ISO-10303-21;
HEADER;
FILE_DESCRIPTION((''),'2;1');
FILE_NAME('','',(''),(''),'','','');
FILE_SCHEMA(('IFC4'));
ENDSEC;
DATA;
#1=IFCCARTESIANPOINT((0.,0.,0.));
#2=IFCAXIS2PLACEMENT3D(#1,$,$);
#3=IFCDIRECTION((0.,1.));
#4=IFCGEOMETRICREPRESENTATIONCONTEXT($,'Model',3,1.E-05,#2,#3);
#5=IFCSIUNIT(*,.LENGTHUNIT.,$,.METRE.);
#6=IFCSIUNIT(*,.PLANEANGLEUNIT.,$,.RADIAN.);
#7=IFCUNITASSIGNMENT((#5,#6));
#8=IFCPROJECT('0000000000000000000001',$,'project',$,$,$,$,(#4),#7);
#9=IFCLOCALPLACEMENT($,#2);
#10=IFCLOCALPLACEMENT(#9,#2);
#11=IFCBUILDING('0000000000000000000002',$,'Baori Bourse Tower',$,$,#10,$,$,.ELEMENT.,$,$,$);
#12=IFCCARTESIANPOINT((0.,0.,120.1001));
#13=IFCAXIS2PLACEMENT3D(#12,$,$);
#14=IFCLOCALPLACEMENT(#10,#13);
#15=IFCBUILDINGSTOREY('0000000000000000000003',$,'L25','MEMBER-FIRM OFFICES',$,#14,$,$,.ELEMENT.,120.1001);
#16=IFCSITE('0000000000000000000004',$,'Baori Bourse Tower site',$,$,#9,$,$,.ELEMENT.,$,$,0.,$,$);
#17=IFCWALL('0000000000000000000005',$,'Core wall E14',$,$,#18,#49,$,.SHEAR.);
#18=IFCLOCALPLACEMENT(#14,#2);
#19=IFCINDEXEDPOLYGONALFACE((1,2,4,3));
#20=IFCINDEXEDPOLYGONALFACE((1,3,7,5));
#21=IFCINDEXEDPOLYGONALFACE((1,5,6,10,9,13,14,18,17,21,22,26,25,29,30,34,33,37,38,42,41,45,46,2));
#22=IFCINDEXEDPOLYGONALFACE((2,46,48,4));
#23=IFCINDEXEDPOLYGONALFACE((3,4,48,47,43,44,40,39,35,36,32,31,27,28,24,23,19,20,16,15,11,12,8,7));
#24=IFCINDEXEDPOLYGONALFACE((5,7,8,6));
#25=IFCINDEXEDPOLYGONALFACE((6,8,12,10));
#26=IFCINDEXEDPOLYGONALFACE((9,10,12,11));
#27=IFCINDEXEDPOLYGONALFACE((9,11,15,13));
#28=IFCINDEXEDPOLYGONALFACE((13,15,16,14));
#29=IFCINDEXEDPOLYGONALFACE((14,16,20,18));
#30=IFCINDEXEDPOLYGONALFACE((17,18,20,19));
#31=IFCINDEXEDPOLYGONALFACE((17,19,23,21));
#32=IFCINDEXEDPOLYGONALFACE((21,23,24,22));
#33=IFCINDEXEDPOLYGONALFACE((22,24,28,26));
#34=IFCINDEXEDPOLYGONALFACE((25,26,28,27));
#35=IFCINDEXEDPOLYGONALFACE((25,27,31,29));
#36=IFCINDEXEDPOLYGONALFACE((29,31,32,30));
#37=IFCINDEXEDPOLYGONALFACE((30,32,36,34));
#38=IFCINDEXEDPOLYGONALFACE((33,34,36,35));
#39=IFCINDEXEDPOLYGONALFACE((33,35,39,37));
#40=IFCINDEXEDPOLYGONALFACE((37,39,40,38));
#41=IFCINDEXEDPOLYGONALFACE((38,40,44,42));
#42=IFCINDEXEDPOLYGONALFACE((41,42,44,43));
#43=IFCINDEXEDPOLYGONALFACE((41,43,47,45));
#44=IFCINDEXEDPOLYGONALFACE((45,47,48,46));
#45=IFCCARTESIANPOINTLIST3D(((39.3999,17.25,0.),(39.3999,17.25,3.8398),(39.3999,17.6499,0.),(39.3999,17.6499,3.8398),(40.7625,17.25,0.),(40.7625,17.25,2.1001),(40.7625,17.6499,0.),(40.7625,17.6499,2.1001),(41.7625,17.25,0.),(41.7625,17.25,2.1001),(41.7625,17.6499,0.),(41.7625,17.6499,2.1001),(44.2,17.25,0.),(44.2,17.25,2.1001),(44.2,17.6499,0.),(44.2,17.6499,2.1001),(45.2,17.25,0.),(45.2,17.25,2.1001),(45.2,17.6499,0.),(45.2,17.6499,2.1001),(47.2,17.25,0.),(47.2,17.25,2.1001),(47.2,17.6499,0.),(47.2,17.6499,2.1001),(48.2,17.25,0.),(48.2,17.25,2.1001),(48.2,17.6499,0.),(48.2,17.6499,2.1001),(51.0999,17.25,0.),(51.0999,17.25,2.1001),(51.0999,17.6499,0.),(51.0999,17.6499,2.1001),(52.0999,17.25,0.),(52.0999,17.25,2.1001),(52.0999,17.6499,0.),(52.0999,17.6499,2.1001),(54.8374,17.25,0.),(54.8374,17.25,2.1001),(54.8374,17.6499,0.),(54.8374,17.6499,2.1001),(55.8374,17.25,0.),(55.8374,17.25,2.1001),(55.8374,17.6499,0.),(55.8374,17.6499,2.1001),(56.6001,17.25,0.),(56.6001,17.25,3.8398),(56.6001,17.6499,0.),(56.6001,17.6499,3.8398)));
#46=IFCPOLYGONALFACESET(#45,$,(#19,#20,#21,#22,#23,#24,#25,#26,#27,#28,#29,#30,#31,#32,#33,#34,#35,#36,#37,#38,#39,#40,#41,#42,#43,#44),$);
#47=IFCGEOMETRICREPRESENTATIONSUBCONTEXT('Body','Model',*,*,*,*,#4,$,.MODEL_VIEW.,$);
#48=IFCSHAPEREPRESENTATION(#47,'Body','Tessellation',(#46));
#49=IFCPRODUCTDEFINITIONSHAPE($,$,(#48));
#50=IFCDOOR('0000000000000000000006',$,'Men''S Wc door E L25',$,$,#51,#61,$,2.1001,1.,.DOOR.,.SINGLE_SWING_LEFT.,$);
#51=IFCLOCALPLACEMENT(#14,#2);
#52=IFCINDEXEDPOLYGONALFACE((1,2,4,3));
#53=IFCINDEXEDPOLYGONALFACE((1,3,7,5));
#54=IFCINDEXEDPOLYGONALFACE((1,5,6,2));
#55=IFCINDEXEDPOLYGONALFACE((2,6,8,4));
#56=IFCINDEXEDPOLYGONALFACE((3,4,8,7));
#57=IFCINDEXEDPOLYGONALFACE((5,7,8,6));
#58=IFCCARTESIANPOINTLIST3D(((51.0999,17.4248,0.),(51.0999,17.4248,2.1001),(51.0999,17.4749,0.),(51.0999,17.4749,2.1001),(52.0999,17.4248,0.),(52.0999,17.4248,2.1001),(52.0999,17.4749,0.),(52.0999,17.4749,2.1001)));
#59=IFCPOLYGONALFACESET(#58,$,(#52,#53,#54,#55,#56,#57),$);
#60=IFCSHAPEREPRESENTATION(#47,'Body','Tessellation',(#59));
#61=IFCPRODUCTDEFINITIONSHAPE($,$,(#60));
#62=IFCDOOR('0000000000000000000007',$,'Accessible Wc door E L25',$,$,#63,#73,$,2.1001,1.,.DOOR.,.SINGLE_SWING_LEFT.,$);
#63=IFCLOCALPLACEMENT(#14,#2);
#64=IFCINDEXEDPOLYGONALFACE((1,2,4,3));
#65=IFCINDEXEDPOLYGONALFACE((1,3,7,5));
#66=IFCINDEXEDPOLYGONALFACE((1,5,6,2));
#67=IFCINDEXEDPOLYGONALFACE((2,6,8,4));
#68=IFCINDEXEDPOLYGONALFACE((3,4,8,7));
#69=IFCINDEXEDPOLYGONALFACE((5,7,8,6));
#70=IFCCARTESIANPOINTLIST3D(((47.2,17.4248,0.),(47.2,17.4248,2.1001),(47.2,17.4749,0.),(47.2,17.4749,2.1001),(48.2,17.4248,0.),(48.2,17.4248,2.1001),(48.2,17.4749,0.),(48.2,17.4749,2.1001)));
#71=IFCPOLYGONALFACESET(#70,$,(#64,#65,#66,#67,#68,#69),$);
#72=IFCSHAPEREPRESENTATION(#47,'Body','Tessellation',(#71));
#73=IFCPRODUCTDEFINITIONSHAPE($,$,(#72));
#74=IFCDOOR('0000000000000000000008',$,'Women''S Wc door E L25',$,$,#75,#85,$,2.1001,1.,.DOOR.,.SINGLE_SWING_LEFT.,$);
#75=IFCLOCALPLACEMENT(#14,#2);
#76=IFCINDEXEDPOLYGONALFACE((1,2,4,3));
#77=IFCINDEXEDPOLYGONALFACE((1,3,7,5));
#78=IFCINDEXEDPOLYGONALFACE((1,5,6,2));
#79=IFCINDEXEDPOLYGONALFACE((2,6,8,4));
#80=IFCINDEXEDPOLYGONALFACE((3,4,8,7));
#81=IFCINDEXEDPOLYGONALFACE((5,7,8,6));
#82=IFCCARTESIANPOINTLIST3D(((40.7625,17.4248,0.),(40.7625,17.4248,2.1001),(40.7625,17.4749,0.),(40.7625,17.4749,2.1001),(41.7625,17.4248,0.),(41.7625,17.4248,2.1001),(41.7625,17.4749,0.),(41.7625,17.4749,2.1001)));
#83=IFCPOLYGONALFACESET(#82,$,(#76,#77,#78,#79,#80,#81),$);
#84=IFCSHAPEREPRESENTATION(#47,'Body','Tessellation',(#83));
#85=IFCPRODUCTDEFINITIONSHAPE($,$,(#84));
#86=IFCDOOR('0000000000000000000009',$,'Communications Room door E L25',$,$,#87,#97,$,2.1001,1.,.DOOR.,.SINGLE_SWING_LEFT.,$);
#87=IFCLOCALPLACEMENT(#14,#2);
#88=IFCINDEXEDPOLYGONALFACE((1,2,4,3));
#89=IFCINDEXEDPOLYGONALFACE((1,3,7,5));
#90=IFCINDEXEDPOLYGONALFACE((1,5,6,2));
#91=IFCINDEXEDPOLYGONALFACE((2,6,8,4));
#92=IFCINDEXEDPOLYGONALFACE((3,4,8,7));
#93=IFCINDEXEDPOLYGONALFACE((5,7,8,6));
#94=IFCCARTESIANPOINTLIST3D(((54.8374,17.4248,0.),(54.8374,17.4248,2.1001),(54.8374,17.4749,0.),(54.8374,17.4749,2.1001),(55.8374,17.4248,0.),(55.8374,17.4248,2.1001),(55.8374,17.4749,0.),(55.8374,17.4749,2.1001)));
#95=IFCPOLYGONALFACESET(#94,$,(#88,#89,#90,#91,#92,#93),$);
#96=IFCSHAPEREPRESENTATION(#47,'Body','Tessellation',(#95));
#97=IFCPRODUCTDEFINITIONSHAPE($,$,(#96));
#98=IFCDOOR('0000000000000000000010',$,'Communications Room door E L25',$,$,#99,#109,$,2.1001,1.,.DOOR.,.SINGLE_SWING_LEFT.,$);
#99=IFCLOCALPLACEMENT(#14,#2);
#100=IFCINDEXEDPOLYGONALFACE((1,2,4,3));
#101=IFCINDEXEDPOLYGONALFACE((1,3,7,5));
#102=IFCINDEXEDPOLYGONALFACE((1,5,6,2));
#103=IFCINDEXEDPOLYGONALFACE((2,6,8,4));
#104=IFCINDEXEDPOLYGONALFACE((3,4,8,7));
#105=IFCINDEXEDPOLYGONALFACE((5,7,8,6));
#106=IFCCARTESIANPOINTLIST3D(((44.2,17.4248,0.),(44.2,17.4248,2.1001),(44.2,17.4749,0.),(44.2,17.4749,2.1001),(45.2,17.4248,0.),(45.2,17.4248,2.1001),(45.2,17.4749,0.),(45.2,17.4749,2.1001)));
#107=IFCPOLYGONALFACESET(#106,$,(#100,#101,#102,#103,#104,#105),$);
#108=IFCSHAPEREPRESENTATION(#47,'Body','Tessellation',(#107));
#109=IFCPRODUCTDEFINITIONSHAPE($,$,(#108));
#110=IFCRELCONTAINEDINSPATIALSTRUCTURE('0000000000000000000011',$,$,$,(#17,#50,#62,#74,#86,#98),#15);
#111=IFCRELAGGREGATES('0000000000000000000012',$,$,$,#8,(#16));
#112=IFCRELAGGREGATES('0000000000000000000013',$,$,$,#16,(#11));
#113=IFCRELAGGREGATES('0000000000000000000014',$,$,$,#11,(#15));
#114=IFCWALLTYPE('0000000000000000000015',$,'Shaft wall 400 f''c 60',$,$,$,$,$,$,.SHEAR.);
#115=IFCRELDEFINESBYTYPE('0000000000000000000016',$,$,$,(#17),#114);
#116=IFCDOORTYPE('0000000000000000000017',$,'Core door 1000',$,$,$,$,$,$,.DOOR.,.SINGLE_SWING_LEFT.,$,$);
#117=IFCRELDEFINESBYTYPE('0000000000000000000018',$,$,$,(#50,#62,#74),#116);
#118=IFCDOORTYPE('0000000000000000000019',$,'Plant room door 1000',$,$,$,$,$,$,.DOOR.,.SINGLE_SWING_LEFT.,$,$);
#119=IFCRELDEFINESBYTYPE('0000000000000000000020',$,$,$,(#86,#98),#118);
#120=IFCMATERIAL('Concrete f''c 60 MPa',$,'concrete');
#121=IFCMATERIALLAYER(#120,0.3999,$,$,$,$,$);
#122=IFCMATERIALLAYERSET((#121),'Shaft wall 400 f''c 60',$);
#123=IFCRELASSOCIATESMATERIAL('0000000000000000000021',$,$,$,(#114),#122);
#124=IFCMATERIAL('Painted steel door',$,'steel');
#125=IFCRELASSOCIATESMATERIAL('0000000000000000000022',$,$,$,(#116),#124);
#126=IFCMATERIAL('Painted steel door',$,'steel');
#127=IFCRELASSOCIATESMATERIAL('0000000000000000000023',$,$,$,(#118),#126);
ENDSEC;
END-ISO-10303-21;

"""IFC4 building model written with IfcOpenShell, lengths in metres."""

from ifc_helpers import new_model, si_unit, direction, frame, frame_2d, origin, place, context, subcontext, project, spatial, rectangle, extrude, material, layer, layer_set, type_object, element, fill, save


model = new_model("IFC4")

# Units and contexts
model_context = context("Model", 3, precision=1e-05, world=origin(), true_north=direction((0.0, 1.0)))
body_context = subcontext(model_context, "Body", "Model", "MODEL_VIEW")
ifc_project = project(units=[si_unit("LENGTHUNIT", "METRE"), si_unit("PLANEANGLEUNIT", "RADIAN")], contexts=[model_context])

# Site, building, storey
site_placement = place(None, origin())
site = spatial("IfcSite", under=ifc_project, at=site_placement, Name="Baori Bourse Tower site", CompositionType="ELEMENT", RefElevation=0.0)
building_placement = place(site_placement, origin())
building = spatial("IfcBuilding", under=site, at=building_placement, Name="Baori Bourse Tower", CompositionType="ELEMENT")
storey_placement = place(building_placement, frame((0.0, 0.0, 120.1001)))
storey = spatial("IfcBuildingStorey", under=building, at=storey_placement, Name="L25", Description="MEMBER-FIRM OFFICES", CompositionType="ELEMENT", Elevation=120.1001)

# Shared definitions
ifc_material_1 = material(Name="Concrete f'c 60 MPa", Category="concrete")
ifc_layer_1 = layer(ifc_material_1, 0.3999)
ifc_layer_set_1 = layer_set([ifc_layer_1], Name="Shaft wall 400 f'c 60")
wall_type_1 = type_object("IfcWallType", Name="Shaft wall 400 f'c 60", PredefinedType="SHEAR", material=ifc_layer_set_1)

# Wall, openings, doors
wall_1_placement = place(storey_placement, frame((39.3999, 17.45, 0.0), z_axis=(0.0, 0.0, 1.0), x_axis=(1.0, 0.0, 0.0)))
wall_1 = element("IfcWall", 1, at=wall_1_placement, inside=storey, type_object=wall_type_1, Name="Core wall E14", PredefinedType="SHEAR", context=body_context, shape_type="SweptSolid", body=[
    extrude(rectangle(XDim=17.2002, YDim=0.3999, at=frame_2d((8.6001, 0.0))), origin(), (0.0, 0.0, 1.0), 3.8398),
])
opening_1_placement = place(wall_1_placement, frame((15.4375, 0.0, 0.0)))
opening_1 = element("IfcOpeningElement", 2, at=opening_1_placement, cuts=wall_1, PredefinedType="OPENING", context=body_context, shape_type="SweptSolid", body=[
    extrude(rectangle(XDim=1.0, YDim=2.1001, at=frame_2d((0.5, 1.05))), frame((0.0, 0.21, 0.0), z_axis=(0.0, -1.0, 0.0), x_axis=(1.0, 0.0, 0.0)), (0.0, 0.0, 1.0), 0.4199),
])
opening_2_placement = place(wall_1_placement, frame((11.7, 0.0, 0.0)))
opening_2 = element("IfcOpeningElement", 3, at=opening_2_placement, cuts=wall_1, PredefinedType="OPENING", context=body_context, shape_type="SweptSolid", body=[
    extrude(rectangle(XDim=1.0, YDim=2.1001, at=frame_2d((0.5, 1.05))), frame((0.0, 0.21, 0.0), z_axis=(0.0, -1.0, 0.0), x_axis=(1.0, 0.0, 0.0)), (0.0, 0.0, 1.0), 0.4199),
])
opening_3_placement = place(wall_1_placement, frame((7.8, 0.0, 0.0)))
opening_3 = element("IfcOpeningElement", 4, at=opening_3_placement, cuts=wall_1, PredefinedType="OPENING", context=body_context, shape_type="SweptSolid", body=[
    extrude(rectangle(XDim=1.0, YDim=2.1001, at=frame_2d((0.5, 1.05))), frame((0.0, 0.21, 0.0), z_axis=(0.0, -1.0, 0.0), x_axis=(1.0, 0.0, 0.0)), (0.0, 0.0, 1.0), 0.4199),
])
opening_4_placement = place(wall_1_placement, frame((4.8, 0.0, 0.0)))
opening_4 = element("IfcOpeningElement", 5, at=opening_4_placement, cuts=wall_1, PredefinedType="OPENING", context=body_context, shape_type="SweptSolid", body=[
    extrude(rectangle(XDim=1.0, YDim=2.1001, at=frame_2d((0.5, 1.05))), frame((0.0, 0.21, 0.0), z_axis=(0.0, -1.0, 0.0), x_axis=(1.0, 0.0, 0.0)), (0.0, 0.0, 1.0), 0.4199),
])
opening_5_placement = place(wall_1_placement, frame((1.3625, 0.0, 0.0)))
opening_5 = element("IfcOpeningElement", 6, at=opening_5_placement, cuts=wall_1, PredefinedType="OPENING", context=body_context, shape_type="SweptSolid", body=[
    extrude(rectangle(XDim=1.0, YDim=2.1001, at=frame_2d((0.5, 1.05))), frame((0.0, 0.21, 0.0), z_axis=(0.0, -1.0, 0.0), x_axis=(1.0, 0.0, 0.0)), (0.0, 0.0, 1.0), 0.4199),
])
ifc_material_2 = material(Name="Painted steel door", Category="steel")
door_type_1 = type_object("IfcDoorType", Name="Core door 1000", OperationType="SINGLE_SWING_LEFT", PredefinedType="DOOR", material=ifc_material_2)
door_1_placement = place(opening_2_placement, origin())
door_1 = element("IfcDoor", 7, at=door_1_placement, inside=storey, type_object=door_type_1, Name="Men'S Wc door E L25", OperationType="SINGLE_SWING_LEFT", OverallHeight=2.1001, OverallWidth=1.0, PredefinedType="DOOR", context=body_context, shape_type="SweptSolid", body=[
    extrude(rectangle(XDim=1.0, YDim=2.1001, at=frame_2d((0.5, 1.05))), frame((0.0, 0.0249, 0.0), z_axis=(0.0, -1.0, 0.0), x_axis=(1.0, 0.0, 0.0)), (0.0, 0.0, 1.0), 0.05),
])
fill(opening_2, door_1)
door_2_placement = place(opening_3_placement, origin())
door_2 = element("IfcDoor", 8, at=door_2_placement, inside=storey, type_object=door_type_1, Name="Accessible Wc door E L25", OperationType="SINGLE_SWING_LEFT", OverallHeight=2.1001, OverallWidth=1.0, PredefinedType="DOOR", context=body_context, shape_type="SweptSolid", body=[
    extrude(rectangle(XDim=1.0, YDim=2.1001, at=frame_2d((0.5, 1.05))), frame((0.0, 0.0249, 0.0), z_axis=(0.0, -1.0, 0.0), x_axis=(1.0, 0.0, 0.0)), (0.0, 0.0, 1.0), 0.05),
])
fill(opening_3, door_2)
door_3_placement = place(opening_5_placement, origin())
door_3 = element("IfcDoor", 9, at=door_3_placement, inside=storey, type_object=door_type_1, Name="Women'S Wc door E L25", OperationType="SINGLE_SWING_LEFT", OverallHeight=2.1001, OverallWidth=1.0, PredefinedType="DOOR", context=body_context, shape_type="SweptSolid", body=[
    extrude(rectangle(XDim=1.0, YDim=2.1001, at=frame_2d((0.5, 1.05))), frame((0.0, 0.0249, 0.0), z_axis=(0.0, -1.0, 0.0), x_axis=(1.0, 0.0, 0.0)), (0.0, 0.0, 1.0), 0.05),
])
fill(opening_5, door_3)
ifc_material_3 = material(Name="Painted steel door", Category="steel")
door_type_2 = type_object("IfcDoorType", Name="Plant room door 1000", OperationType="SINGLE_SWING_LEFT", PredefinedType="DOOR", material=ifc_material_3)
door_4_placement = place(opening_1_placement, origin())
door_4 = element("IfcDoor", 10, at=door_4_placement, inside=storey, type_object=door_type_2, Name="Communications Room door E L25", OperationType="SINGLE_SWING_LEFT", OverallHeight=2.1001, OverallWidth=1.0, PredefinedType="DOOR", context=body_context, shape_type="SweptSolid", body=[
    extrude(rectangle(XDim=1.0, YDim=2.1001, at=frame_2d((0.5, 1.05))), frame((0.0, 0.0249, 0.0), z_axis=(0.0, -1.0, 0.0), x_axis=(1.0, 0.0, 0.0)), (0.0, 0.0, 1.0), 0.05),
])
fill(opening_1, door_4)
door_5_placement = place(opening_4_placement, origin())
door_5 = element("IfcDoor", 11, at=door_5_placement, inside=storey, type_object=door_type_2, Name="Communications Room door E L25", OperationType="SINGLE_SWING_LEFT", OverallHeight=2.1001, OverallWidth=1.0, PredefinedType="DOOR", context=body_context, shape_type="SweptSolid", body=[
    extrude(rectangle(XDim=1.0, YDim=2.1001, at=frame_2d((0.5, 1.05))), frame((0.0, 0.0249, 0.0), z_axis=(0.0, -1.0, 0.0), x_axis=(1.0, 0.0, 0.0)), (0.0, 0.0, 1.0), 0.05),
])
fill(opening_4, door_5)

save(model, "model.ifc")
